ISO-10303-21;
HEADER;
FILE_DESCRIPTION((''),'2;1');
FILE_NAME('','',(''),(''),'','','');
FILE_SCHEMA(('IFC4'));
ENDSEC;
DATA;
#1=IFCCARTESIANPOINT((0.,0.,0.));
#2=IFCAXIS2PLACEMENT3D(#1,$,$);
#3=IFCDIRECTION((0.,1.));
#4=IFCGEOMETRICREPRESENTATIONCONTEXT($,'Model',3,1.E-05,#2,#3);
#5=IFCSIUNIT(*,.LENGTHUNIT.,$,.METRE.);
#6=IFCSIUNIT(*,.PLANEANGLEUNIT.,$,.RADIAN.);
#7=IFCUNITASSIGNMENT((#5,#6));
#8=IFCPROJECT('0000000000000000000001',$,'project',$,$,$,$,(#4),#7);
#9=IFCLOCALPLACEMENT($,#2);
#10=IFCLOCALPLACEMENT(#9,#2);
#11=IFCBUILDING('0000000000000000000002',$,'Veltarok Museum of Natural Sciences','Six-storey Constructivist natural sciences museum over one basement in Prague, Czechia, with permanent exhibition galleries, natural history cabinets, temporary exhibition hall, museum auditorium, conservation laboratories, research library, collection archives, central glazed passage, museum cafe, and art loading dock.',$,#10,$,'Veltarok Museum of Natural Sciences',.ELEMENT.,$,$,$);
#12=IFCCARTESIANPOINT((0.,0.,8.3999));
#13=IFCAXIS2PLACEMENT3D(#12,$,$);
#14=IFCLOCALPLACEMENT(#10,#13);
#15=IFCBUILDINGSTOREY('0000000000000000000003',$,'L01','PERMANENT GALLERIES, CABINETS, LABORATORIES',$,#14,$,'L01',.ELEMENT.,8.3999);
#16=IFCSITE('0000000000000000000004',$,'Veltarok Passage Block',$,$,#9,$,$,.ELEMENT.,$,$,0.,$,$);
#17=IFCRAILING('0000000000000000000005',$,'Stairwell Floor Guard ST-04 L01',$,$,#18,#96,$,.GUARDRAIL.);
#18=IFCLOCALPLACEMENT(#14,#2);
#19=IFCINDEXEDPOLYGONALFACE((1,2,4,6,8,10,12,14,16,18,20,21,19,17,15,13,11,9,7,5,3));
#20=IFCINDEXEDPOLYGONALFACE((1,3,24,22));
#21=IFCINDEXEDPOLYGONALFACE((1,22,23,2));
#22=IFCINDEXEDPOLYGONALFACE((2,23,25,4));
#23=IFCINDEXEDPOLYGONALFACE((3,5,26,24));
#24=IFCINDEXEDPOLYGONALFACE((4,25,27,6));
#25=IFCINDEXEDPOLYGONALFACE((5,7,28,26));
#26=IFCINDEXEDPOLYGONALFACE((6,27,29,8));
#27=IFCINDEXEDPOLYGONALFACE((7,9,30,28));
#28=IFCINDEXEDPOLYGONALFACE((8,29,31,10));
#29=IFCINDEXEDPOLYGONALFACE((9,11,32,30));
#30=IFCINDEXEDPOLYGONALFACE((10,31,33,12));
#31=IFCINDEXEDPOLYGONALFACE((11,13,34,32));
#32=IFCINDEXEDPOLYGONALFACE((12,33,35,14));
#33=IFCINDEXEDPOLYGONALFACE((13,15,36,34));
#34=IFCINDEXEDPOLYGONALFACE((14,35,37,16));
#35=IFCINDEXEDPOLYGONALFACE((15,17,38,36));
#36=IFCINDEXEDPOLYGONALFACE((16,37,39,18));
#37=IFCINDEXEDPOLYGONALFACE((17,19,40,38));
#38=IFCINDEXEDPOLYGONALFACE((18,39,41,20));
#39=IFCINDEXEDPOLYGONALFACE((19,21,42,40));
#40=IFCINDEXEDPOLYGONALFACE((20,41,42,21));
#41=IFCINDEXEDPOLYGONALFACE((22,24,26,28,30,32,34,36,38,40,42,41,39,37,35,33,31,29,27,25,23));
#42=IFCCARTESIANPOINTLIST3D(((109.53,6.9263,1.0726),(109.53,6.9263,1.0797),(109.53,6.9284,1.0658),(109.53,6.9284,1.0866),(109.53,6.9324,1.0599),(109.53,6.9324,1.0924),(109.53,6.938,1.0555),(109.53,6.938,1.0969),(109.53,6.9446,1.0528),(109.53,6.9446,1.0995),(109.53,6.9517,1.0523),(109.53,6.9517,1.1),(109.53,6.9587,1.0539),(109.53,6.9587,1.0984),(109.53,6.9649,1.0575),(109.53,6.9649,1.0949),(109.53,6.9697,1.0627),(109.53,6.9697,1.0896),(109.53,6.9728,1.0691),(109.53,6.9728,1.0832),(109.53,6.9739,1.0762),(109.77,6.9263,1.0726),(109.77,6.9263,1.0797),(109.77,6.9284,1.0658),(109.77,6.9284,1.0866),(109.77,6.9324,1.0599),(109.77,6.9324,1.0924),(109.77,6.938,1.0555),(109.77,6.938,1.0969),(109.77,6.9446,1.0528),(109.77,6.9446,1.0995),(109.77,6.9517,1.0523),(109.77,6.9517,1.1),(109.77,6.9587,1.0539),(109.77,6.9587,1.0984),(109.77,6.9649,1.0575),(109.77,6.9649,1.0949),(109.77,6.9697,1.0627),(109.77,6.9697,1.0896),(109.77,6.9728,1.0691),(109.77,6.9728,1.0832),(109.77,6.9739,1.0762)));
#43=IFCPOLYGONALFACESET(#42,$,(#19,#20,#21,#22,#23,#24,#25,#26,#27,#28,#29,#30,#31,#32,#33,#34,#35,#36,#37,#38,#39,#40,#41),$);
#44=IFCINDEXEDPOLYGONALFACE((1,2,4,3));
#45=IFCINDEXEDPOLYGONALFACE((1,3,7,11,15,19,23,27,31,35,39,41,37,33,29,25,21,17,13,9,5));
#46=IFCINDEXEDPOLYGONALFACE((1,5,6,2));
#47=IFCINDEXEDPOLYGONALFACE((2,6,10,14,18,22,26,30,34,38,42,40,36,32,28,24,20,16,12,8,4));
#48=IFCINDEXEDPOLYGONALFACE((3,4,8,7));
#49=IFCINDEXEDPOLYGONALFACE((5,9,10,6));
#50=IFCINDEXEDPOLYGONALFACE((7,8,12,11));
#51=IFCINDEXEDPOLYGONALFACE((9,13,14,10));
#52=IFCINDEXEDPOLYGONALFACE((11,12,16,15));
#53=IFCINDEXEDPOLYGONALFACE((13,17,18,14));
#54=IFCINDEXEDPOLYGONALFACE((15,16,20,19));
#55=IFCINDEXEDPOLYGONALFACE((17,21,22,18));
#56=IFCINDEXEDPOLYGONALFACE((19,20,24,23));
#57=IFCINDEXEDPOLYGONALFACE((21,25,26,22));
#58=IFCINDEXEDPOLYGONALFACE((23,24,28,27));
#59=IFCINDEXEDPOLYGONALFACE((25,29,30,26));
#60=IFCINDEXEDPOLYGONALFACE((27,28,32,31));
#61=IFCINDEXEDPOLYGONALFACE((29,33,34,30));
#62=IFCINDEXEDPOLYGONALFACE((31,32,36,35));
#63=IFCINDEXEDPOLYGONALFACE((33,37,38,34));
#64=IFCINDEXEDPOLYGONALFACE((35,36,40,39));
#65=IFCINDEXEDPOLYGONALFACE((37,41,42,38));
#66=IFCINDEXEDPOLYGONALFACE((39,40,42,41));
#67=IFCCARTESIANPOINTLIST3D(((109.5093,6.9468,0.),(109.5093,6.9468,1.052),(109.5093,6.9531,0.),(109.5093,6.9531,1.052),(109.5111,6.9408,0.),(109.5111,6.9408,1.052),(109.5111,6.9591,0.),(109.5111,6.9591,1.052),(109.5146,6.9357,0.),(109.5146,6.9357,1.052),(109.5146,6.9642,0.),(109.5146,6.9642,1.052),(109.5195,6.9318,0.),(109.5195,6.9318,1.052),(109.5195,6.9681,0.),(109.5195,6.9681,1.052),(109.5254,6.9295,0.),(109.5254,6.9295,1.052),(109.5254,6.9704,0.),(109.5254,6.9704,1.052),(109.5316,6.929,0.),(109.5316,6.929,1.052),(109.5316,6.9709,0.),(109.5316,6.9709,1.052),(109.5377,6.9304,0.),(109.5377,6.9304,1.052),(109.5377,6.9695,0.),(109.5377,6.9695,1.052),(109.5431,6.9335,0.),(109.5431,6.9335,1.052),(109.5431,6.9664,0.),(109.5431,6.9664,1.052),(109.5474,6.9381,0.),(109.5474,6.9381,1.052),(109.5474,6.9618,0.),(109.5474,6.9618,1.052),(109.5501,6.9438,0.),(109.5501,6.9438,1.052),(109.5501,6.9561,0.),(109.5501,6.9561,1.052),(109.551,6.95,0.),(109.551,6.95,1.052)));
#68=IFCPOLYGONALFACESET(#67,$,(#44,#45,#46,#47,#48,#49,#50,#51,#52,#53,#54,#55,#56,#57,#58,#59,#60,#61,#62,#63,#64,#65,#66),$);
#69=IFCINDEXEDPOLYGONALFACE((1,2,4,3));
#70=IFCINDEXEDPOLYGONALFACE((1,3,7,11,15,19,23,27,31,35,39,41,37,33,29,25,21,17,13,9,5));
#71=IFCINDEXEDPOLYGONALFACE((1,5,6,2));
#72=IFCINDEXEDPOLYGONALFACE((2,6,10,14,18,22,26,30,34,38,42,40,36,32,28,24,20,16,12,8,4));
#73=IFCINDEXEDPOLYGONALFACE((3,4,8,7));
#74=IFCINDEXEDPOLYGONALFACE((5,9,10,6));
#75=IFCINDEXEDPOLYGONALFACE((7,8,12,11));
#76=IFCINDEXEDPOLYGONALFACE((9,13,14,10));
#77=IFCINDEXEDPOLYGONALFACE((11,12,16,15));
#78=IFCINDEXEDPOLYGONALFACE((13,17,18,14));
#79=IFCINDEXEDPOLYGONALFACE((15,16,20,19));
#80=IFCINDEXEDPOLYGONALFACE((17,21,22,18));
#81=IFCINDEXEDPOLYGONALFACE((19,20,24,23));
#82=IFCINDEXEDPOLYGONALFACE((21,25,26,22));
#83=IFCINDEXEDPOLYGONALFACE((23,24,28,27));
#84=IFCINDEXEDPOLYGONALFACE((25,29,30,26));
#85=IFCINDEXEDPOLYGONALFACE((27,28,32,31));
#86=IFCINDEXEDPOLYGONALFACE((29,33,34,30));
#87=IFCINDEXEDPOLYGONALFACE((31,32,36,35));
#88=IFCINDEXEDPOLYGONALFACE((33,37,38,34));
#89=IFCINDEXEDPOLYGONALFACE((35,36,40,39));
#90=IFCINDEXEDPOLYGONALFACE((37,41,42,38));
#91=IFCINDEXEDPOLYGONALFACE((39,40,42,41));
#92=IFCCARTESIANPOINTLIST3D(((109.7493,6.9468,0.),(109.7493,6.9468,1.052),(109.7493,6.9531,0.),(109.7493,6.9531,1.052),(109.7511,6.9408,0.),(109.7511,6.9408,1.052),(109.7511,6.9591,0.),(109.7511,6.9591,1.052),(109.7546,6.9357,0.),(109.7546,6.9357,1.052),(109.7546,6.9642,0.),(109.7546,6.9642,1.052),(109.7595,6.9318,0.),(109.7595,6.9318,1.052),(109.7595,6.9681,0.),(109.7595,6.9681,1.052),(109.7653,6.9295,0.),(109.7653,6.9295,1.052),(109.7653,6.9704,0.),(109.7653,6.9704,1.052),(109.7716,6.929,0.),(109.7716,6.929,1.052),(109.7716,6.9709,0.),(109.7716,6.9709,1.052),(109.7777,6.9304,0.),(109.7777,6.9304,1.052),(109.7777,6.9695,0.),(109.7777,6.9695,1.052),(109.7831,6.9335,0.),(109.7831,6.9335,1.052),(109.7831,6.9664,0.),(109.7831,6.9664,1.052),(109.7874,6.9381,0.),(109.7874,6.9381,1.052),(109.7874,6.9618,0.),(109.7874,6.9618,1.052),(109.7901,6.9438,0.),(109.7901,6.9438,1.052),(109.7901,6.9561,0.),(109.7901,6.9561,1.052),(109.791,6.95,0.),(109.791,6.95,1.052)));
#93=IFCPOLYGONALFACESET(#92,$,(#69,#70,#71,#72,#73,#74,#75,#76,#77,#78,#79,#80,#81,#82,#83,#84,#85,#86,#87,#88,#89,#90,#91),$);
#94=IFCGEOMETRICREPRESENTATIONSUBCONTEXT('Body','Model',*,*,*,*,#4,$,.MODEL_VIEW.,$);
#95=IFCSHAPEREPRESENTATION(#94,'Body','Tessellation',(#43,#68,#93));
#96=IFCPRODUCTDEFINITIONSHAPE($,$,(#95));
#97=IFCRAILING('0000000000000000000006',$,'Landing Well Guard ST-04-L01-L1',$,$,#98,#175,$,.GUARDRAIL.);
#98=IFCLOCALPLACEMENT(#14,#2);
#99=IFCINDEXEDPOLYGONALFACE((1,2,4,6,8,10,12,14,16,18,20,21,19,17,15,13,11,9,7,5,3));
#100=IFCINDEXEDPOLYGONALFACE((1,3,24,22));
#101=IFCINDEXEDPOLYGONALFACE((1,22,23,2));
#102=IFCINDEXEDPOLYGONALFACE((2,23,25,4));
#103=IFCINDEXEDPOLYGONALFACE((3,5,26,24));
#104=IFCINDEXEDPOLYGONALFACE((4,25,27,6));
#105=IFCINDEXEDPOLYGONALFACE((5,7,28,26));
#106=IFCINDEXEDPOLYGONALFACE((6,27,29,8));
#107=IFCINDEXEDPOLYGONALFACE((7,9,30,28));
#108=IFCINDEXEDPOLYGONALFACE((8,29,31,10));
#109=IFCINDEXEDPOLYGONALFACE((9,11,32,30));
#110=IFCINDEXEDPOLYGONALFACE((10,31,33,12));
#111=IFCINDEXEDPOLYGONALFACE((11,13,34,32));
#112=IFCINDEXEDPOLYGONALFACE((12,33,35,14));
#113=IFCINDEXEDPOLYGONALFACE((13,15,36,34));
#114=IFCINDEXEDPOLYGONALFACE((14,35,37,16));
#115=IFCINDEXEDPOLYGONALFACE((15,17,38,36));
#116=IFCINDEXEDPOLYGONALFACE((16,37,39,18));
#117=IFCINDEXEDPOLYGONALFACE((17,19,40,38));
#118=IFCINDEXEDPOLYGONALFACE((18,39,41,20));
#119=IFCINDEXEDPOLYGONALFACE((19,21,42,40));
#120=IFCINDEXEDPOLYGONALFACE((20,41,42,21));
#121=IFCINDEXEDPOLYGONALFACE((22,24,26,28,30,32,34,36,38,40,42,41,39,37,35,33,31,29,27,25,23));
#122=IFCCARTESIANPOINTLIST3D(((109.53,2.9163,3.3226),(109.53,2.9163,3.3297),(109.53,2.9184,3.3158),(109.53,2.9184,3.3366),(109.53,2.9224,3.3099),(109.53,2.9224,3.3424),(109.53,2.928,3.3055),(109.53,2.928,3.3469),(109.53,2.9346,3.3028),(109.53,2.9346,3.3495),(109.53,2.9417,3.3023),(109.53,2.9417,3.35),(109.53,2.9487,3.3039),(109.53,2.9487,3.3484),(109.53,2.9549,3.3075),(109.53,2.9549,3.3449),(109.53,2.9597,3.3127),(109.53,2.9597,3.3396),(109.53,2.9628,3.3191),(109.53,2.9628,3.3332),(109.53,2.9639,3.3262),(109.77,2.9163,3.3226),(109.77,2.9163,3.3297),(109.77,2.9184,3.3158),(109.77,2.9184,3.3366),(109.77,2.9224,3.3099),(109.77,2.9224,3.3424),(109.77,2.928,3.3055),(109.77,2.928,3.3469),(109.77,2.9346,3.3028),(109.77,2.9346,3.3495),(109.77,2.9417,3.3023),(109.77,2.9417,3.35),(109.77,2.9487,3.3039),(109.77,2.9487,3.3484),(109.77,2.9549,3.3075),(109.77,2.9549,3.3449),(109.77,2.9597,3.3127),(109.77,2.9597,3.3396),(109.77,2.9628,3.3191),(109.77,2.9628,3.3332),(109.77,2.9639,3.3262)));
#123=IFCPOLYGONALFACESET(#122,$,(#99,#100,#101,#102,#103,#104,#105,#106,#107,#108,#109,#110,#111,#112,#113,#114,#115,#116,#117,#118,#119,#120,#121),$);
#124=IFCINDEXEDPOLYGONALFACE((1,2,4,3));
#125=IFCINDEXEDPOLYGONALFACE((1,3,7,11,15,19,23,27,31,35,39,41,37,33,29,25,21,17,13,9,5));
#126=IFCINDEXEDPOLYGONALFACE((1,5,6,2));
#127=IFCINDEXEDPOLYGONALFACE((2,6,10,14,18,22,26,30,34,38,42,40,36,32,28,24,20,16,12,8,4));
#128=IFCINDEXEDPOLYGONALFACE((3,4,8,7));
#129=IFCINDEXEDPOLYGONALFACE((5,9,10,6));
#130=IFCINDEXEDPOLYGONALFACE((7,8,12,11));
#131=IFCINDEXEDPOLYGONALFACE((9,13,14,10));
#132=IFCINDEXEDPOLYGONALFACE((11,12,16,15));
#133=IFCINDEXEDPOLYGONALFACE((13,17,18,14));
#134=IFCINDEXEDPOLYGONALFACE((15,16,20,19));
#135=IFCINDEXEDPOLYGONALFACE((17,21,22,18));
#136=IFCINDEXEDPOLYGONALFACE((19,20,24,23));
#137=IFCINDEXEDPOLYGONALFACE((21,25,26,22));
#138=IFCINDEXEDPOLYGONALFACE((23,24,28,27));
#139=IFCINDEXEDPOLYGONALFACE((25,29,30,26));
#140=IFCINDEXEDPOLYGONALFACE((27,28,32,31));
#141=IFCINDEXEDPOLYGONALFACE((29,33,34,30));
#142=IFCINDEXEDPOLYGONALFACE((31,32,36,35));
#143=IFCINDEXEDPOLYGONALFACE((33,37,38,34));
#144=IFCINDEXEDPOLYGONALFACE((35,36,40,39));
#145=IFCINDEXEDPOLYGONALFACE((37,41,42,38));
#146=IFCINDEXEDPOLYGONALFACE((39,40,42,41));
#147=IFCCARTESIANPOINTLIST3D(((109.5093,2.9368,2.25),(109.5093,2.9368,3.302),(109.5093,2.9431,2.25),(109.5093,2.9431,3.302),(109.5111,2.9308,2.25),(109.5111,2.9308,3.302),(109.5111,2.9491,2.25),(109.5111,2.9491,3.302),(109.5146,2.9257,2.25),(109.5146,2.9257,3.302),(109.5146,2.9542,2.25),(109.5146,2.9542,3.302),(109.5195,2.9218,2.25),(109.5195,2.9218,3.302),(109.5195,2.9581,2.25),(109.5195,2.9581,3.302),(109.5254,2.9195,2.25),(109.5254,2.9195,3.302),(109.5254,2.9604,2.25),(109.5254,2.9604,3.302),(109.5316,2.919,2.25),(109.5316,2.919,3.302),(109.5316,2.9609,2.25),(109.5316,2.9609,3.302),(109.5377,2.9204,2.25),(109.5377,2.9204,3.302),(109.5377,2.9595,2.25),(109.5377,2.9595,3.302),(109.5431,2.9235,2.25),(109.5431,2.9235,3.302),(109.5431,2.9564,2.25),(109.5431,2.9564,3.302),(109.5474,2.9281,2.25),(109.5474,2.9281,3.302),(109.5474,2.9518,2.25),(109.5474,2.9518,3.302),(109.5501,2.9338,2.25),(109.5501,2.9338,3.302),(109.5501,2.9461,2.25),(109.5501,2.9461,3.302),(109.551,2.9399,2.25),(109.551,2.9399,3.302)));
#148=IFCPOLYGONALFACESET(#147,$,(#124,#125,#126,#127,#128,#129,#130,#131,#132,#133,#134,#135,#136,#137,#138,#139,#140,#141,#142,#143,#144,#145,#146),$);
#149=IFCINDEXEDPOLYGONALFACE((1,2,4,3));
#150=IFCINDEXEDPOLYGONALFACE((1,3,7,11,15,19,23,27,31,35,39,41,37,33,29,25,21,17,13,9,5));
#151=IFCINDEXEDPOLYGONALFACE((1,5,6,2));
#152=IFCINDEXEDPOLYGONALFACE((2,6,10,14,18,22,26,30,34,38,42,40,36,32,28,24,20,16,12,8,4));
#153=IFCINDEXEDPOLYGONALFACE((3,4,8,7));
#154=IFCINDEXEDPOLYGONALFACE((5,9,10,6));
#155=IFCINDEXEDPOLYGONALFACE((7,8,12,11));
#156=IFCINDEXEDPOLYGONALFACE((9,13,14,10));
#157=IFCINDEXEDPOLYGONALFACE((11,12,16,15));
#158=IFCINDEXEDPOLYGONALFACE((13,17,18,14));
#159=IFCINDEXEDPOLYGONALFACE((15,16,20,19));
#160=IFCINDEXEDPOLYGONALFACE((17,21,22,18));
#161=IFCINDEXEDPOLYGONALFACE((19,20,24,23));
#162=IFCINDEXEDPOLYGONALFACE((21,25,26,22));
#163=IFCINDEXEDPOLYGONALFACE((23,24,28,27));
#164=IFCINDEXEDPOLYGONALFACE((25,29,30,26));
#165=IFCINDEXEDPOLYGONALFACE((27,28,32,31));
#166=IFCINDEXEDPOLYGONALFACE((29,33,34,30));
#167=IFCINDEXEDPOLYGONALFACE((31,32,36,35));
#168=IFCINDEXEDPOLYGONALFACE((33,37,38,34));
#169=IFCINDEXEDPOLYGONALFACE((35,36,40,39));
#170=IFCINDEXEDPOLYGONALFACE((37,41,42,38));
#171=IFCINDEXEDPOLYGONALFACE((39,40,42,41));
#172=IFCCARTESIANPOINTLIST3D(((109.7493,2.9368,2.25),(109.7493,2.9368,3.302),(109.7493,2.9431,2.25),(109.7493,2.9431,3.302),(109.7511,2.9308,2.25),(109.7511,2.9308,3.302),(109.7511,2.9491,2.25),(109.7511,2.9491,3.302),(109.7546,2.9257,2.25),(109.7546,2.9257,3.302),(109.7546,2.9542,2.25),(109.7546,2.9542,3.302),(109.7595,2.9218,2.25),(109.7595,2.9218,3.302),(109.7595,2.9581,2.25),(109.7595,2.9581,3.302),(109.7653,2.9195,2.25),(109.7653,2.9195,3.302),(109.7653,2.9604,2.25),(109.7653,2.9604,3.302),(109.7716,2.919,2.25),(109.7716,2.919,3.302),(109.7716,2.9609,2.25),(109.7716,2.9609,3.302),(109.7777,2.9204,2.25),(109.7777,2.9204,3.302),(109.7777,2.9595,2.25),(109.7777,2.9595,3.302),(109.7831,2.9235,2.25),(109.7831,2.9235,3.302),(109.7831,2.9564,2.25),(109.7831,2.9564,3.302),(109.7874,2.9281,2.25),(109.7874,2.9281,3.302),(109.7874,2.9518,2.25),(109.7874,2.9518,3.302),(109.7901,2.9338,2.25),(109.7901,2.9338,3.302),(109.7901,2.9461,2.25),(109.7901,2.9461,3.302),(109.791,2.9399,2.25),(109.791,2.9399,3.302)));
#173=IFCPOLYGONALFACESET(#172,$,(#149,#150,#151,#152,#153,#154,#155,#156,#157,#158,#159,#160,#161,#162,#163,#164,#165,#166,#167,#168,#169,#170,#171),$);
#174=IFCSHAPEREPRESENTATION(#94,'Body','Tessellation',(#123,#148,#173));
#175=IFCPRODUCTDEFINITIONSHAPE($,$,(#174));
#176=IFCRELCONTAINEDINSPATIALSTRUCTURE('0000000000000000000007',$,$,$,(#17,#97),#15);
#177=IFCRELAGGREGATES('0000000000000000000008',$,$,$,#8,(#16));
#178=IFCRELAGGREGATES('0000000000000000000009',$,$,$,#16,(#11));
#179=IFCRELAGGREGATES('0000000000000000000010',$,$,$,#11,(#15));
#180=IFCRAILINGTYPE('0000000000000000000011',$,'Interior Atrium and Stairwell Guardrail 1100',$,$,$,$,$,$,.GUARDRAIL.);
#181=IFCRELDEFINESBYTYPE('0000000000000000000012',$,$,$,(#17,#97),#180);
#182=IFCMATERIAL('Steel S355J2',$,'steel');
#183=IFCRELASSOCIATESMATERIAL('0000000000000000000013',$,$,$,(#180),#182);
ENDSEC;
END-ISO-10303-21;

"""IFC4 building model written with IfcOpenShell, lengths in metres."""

from ifc_helpers import new_model, si_unit, direction, frame, origin, origin_2d, place, context, subcontext, project, spatial, circle, extrude, material, type_object, element, save


model = new_model("IFC4")

# Units and contexts
model_context = context("Model", 3, precision=1e-05, world=origin(), true_north=direction((0.0, 1.0)))
body_context = subcontext(model_context, "Body", "Model", "MODEL_VIEW")
ifc_project = project(units=[si_unit("LENGTHUNIT", "METRE"), si_unit("PLANEANGLEUNIT", "RADIAN")], contexts=[model_context])

# Site, building, storey
site_placement = place(None, origin())
site = spatial("IfcSite", under=ifc_project, at=site_placement, Name="Veltarok Passage Block", CompositionType="ELEMENT", RefElevation=0.0)
building_placement = place(site_placement, origin())
building = spatial("IfcBuilding", under=site, at=building_placement, Name="Veltarok Museum of Natural Sciences", Description="Six-storey Constructivist natural sciences museum over one basement in Prague, Czechia, with permanent exhibition galleries, natural history cabinets, temporary exhibition hall, museum auditorium, conservation laboratories, research library, collection archives, central glazed passage, museum cafe, and art loading dock.", LongName="Veltarok Museum of Natural Sciences", CompositionType="ELEMENT")
storey_placement = place(building_placement, frame((0.0, 0.0, 8.3999)))
storey = spatial("IfcBuildingStorey", under=building, at=storey_placement, Name="L01", Description="PERMANENT GALLERIES, CABINETS, LABORATORIES", LongName="L01", CompositionType="ELEMENT", Elevation=8.3999)

# Shared definitions
ifc_material_1 = material(Name="Steel S355J2", Category="steel")

# Railings
railing_type_1 = type_object("IfcRailingType", Name="Interior Atrium and Stairwell Guardrail 1100", PredefinedType="GUARDRAIL", material=ifc_material_1)
for number, where, name in (
    (1, (109.53, 6.95, 0.0), "Stairwell Floor Guard ST-04 L01"),
    (2, (109.53, 2.9399, 2.25), "Landing Well Guard ST-04-L01-L1"),
):
    element("IfcRailing", number, at=place(storey_placement, frame(where)), inside=storey, type_object=railing_type_1, Name=name, PredefinedType="GUARDRAIL", context=body_context, shape_type="SweptSolid", body=[
        extrude(circle(Radius=0.0239, at=origin_2d()), frame((0.0, 0.0, 1.0762), z_axis=(1.0, 0.0, 0.0), x_axis=(0.0, 1.0, 0.0)), (0.0, 0.0, 1.0), 0.24),
        extrude(circle(Radius=0.021, at=origin_2d()), origin(), (0.0, 0.0, 1.0), 1.052),
        extrude(circle(Radius=0.021, at=origin_2d()), frame((0.24, 0.0, 0.0)), (0.0, 0.0, 1.0), 1.052),
    ])

save(model, "model.ifc")
